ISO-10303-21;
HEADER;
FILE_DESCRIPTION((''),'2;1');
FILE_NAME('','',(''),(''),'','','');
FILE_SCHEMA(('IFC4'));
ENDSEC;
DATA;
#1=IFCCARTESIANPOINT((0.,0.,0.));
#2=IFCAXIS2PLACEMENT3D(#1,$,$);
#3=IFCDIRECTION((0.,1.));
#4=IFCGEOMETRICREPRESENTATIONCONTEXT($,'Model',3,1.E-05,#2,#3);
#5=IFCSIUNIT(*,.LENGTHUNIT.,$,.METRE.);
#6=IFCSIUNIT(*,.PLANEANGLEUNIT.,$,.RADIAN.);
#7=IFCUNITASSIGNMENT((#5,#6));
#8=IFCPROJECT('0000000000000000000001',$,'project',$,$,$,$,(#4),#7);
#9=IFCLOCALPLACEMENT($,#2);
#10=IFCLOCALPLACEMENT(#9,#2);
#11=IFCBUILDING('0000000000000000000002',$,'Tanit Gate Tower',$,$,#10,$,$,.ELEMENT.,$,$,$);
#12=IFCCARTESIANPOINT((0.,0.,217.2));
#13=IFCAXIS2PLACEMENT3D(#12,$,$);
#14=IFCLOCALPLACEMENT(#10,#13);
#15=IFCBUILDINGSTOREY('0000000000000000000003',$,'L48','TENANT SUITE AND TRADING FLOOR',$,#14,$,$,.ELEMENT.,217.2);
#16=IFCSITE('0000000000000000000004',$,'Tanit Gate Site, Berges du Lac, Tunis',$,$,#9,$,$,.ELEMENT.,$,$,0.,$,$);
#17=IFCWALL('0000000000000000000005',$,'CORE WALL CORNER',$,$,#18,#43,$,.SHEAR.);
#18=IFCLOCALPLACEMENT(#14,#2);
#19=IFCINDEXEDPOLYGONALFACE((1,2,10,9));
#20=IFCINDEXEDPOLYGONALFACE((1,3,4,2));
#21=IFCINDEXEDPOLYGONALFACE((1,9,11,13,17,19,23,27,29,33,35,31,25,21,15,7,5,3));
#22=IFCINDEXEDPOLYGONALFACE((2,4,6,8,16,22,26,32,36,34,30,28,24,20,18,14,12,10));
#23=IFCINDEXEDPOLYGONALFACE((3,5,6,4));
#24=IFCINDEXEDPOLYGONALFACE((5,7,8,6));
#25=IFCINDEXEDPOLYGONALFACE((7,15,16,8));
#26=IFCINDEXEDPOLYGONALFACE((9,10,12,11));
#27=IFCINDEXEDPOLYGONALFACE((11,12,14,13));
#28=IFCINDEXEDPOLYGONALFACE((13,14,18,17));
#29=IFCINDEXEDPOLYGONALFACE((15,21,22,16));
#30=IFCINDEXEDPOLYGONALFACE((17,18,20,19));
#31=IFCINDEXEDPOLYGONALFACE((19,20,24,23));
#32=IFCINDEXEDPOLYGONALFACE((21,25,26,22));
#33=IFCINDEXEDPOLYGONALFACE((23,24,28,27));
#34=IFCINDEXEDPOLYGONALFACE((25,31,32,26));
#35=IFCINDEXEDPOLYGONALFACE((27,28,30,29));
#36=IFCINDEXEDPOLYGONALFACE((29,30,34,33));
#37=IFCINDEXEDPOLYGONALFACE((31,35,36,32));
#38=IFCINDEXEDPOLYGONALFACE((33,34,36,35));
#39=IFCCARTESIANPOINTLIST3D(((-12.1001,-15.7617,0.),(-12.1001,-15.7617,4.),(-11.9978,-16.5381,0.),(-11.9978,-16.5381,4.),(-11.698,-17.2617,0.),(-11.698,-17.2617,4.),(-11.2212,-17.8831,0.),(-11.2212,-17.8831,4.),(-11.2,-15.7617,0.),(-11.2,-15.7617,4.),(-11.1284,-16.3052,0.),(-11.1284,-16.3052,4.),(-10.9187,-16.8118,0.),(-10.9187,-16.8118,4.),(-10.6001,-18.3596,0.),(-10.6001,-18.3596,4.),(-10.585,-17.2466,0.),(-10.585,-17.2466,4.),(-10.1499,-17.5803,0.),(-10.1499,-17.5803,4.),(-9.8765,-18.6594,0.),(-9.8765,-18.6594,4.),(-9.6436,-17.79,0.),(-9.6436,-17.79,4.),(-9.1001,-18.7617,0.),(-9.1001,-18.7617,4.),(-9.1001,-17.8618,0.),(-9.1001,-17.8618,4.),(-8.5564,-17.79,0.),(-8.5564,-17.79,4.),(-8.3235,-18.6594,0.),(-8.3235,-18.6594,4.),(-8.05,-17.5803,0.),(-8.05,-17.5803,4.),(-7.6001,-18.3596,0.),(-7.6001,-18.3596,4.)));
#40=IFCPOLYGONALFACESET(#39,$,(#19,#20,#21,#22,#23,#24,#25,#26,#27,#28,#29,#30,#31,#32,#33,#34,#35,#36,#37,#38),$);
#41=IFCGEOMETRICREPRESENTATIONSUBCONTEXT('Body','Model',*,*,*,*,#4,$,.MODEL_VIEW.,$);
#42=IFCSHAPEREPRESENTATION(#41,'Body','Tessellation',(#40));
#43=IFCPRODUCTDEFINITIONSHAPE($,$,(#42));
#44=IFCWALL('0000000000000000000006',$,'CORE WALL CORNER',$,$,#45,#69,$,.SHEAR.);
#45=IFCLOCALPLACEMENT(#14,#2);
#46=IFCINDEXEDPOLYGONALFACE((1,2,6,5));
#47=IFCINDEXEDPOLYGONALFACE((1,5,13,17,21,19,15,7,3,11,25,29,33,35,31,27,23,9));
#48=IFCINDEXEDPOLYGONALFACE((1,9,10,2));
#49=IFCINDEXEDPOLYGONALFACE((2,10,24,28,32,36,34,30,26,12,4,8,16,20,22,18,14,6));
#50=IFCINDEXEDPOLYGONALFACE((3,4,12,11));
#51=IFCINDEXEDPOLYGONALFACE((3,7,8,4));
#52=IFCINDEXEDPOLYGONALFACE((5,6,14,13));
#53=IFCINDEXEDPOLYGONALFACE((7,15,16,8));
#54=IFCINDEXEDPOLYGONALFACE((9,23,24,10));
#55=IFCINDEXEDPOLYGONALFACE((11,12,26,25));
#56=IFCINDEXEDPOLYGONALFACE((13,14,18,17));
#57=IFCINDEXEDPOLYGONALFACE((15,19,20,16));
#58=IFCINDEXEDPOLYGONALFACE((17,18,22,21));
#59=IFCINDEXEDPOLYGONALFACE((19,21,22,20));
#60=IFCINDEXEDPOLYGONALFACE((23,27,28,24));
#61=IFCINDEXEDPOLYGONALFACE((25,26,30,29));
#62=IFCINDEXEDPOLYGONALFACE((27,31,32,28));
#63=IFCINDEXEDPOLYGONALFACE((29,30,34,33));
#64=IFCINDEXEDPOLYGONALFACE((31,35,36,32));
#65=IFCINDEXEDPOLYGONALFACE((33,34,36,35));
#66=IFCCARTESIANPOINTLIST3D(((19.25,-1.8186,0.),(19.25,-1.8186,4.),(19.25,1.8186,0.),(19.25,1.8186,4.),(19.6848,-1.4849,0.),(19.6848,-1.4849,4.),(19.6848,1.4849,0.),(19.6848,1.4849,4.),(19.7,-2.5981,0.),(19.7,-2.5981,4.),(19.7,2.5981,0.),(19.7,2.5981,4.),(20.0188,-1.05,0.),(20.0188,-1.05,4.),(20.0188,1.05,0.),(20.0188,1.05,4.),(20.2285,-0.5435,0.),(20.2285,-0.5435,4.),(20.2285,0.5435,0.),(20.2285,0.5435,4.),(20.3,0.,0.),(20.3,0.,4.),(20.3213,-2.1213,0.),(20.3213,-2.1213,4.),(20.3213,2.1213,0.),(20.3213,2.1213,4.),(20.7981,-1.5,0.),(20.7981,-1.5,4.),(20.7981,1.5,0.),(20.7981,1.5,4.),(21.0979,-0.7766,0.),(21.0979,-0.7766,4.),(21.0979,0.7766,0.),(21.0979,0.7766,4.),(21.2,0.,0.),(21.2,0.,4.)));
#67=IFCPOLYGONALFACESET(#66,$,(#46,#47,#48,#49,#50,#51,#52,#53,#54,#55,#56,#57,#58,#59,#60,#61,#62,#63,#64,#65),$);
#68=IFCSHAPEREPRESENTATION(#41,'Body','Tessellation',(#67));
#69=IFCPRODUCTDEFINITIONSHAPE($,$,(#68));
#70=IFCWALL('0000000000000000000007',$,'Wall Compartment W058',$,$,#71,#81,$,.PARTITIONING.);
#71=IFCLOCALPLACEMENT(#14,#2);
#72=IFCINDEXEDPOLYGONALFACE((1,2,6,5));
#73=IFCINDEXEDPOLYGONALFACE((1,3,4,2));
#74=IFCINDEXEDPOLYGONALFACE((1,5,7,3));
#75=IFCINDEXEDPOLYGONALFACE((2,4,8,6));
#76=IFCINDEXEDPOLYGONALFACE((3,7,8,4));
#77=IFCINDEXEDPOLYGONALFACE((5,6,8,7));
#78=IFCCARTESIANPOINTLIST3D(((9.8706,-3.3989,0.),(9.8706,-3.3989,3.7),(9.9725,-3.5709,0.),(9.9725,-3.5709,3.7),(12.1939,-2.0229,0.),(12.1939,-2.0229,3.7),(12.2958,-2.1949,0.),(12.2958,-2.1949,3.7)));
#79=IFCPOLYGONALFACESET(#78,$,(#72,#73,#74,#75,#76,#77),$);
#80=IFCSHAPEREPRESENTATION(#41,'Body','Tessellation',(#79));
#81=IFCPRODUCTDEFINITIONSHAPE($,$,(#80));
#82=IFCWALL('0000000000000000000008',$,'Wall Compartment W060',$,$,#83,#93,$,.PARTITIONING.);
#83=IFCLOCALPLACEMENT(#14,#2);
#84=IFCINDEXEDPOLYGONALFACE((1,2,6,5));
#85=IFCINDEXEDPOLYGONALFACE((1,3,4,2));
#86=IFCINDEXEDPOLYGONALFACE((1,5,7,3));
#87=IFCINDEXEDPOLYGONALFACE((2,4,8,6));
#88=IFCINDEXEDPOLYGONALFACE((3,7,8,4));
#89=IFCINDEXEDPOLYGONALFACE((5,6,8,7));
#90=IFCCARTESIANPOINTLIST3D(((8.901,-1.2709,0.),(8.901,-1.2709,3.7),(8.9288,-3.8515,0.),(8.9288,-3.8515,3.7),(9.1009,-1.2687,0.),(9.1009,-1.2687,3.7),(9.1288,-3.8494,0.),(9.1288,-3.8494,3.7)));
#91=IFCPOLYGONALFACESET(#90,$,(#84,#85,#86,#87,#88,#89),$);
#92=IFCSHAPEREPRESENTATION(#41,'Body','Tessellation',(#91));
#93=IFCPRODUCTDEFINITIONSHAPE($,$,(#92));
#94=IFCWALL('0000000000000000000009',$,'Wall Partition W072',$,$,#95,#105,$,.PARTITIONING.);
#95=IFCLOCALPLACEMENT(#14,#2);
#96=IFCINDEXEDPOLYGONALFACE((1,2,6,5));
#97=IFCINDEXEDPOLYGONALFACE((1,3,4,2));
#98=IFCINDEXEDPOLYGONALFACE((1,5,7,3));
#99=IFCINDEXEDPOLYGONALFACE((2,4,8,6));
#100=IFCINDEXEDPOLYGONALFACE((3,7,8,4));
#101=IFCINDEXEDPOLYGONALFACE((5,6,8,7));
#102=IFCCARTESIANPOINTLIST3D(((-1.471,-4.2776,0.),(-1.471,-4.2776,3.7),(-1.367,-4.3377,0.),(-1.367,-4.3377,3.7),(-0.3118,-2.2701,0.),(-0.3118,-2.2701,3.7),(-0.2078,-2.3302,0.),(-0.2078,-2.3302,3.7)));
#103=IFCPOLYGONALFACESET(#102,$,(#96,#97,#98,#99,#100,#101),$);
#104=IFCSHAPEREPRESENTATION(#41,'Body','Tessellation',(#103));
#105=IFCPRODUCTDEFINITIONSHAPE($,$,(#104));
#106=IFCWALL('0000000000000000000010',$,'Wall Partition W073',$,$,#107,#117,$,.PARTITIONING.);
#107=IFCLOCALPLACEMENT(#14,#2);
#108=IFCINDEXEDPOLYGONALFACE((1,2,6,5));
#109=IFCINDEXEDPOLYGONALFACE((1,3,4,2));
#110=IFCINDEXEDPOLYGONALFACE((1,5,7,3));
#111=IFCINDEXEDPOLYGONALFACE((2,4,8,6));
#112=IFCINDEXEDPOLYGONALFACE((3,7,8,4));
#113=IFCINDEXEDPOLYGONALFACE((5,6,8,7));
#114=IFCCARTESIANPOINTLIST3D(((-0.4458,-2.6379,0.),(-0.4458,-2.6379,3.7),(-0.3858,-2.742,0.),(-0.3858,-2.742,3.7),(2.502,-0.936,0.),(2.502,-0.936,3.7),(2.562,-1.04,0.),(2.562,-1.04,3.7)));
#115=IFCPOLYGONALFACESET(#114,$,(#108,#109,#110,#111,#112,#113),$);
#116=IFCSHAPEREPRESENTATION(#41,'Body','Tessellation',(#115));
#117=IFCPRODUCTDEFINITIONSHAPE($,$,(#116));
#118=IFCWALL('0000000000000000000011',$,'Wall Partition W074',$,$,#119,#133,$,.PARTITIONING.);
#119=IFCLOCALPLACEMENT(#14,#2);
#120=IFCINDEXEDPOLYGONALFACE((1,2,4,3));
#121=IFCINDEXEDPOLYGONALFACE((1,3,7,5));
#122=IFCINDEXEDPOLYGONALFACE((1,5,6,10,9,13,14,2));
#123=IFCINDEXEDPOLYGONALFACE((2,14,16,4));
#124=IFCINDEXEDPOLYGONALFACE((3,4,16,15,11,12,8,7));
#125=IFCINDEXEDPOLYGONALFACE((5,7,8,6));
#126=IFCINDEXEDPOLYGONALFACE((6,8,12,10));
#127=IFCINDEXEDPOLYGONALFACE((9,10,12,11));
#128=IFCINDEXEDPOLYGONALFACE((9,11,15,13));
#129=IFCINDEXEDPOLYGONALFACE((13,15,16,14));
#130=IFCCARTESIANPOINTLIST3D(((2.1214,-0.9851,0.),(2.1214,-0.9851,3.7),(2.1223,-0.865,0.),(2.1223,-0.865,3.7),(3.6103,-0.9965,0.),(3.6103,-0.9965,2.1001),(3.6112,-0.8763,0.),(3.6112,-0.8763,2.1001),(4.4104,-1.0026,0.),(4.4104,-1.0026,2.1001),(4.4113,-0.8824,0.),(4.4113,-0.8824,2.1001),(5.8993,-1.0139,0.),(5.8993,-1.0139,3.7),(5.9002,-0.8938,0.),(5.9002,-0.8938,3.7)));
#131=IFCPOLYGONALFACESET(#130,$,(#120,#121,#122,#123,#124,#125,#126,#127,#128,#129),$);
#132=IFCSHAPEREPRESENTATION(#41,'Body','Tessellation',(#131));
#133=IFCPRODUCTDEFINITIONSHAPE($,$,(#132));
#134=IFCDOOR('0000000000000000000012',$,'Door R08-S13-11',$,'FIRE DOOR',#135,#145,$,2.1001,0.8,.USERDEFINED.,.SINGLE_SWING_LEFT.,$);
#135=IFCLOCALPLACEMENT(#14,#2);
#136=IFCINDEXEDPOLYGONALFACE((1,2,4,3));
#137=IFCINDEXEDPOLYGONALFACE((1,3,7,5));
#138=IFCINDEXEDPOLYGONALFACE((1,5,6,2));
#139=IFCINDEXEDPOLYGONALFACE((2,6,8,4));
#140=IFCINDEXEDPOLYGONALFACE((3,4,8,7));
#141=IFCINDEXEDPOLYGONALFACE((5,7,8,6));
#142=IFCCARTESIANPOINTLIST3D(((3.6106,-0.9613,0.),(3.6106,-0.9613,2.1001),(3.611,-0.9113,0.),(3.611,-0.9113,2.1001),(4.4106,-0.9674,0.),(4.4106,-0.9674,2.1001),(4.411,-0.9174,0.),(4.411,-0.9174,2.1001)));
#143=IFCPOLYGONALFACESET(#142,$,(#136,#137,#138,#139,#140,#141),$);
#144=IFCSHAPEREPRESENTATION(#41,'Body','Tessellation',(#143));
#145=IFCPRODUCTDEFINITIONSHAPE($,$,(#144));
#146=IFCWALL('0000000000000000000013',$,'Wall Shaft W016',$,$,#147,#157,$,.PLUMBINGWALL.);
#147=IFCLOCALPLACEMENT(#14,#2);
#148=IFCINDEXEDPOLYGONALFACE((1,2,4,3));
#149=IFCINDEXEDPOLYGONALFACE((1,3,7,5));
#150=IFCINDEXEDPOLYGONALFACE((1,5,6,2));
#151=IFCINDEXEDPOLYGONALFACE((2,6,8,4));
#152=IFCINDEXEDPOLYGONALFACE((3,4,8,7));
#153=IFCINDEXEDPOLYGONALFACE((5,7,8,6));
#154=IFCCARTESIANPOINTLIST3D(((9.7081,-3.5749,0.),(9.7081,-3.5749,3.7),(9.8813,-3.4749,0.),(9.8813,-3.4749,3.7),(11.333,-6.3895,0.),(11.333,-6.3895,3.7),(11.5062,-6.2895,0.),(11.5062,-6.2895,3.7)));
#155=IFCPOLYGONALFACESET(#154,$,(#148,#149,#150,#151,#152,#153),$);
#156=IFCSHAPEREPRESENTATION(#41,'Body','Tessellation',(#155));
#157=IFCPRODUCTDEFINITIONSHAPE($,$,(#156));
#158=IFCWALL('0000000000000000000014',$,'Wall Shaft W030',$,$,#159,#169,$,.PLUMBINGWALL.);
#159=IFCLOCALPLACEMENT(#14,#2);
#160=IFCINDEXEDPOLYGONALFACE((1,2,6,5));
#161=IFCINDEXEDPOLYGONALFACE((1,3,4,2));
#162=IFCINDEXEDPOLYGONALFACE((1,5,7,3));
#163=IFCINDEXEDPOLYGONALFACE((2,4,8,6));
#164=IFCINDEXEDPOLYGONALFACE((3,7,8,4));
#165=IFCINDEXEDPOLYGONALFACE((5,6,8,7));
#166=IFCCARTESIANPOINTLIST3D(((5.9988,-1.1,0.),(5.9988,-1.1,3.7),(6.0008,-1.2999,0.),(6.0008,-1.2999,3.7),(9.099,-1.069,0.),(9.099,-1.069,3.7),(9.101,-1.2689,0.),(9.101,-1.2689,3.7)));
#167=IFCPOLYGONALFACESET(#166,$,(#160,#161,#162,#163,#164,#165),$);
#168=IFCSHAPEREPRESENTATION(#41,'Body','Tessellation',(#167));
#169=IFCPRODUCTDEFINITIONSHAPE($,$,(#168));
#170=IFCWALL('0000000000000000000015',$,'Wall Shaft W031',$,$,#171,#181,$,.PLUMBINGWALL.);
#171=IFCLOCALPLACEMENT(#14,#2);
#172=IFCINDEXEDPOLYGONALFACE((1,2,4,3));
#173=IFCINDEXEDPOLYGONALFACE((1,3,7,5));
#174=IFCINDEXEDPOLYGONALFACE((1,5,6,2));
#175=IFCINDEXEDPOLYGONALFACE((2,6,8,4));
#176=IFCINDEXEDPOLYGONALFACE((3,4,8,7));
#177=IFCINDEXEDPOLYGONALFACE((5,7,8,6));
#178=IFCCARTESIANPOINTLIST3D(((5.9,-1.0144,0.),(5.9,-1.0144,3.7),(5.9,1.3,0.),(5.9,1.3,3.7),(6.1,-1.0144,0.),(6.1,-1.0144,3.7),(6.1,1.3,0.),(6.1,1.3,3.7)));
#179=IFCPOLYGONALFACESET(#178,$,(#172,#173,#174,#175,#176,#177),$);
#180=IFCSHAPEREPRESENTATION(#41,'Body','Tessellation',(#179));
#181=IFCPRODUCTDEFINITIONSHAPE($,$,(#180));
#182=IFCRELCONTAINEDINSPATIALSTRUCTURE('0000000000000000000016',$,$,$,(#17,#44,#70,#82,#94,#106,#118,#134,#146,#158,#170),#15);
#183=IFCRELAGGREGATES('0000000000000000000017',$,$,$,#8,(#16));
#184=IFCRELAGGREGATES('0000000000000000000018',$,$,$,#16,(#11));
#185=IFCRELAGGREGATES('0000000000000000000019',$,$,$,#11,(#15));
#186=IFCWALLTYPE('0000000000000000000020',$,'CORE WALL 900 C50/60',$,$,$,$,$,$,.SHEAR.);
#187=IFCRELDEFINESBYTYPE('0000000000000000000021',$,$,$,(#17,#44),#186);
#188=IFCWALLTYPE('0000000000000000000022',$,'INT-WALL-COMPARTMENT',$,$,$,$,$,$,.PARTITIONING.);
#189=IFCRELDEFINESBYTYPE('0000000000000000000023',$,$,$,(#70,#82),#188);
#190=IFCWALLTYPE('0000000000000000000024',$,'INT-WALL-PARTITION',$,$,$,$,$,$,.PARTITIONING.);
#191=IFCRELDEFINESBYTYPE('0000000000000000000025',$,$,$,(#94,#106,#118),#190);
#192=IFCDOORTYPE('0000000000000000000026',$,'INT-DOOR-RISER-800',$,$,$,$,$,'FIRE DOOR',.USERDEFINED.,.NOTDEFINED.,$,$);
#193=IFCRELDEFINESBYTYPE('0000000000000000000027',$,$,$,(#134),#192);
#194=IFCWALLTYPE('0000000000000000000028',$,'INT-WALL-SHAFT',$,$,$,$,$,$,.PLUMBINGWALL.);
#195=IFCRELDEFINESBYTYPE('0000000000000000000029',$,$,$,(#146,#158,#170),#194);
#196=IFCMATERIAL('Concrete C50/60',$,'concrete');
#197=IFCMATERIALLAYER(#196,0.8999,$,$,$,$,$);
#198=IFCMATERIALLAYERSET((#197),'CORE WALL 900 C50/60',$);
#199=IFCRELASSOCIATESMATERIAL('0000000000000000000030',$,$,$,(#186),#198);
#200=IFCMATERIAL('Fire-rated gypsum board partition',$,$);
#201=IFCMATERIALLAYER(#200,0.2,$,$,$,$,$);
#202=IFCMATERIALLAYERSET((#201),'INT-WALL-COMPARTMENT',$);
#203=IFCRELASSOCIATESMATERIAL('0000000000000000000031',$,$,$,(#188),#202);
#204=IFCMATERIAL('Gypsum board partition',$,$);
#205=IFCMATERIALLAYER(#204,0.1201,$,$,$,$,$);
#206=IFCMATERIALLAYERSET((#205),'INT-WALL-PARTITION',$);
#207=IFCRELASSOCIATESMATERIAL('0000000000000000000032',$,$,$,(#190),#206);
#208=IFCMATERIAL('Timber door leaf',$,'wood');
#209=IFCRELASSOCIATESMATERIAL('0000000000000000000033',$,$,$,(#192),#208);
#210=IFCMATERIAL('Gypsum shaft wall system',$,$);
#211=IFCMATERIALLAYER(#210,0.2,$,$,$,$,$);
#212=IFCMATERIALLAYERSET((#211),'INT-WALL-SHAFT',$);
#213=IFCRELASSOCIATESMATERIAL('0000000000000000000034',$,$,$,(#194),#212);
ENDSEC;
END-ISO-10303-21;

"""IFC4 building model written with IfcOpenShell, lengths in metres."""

from ifc_helpers import new_model, si_unit, direction, frame, frame_2d, origin, place, context, subcontext, project, spatial, polyline, rectangle, outline, extrude, material, layer, layer_set, type_object, element, fill, save


model = new_model("IFC4")

# Units and contexts
model_context = context("Model", 3, precision=1e-05, world=origin(), true_north=direction((0.0, 1.0)))
body_context = subcontext(model_context, "Body", "Model", "MODEL_VIEW")
ifc_project = project(units=[si_unit("LENGTHUNIT", "METRE"), si_unit("PLANEANGLEUNIT", "RADIAN")], contexts=[model_context])

# Site, building, storey
site_placement = place(None, origin())
site = spatial("IfcSite", under=ifc_project, at=site_placement, Name="Tanit Gate Site, Berges du Lac, Tunis", CompositionType="ELEMENT", RefElevation=0.0)
building_placement = place(site_placement, origin())
building = spatial("IfcBuilding", under=site, at=building_placement, Name="Tanit Gate Tower", CompositionType="ELEMENT")
storey_placement = place(building_placement, frame((0.0, 0.0, 217.2)))
storey = spatial("IfcBuildingStorey", under=building, at=storey_placement, Name="L48", Description="TENANT SUITE AND TRADING FLOOR", CompositionType="ELEMENT", Elevation=217.2)

# Walls
ifc_material_1 = material(Name="Concrete C50/60", Category="concrete")
ifc_layer_1 = layer(ifc_material_1, 0.8999)
ifc_layer_set_1 = layer_set([ifc_layer_1], Name="CORE WALL 900 C50/60")
wall_type_1 = type_object("IfcWallType", Name="CORE WALL 900 C50/60", PredefinedType="SHEAR", material=ifc_layer_set_1)
wall_1_placement = place(storey_placement, origin())
element("IfcWall", 1, at=wall_1_placement, inside=storey, type_object=wall_type_1, Name="CORE WALL CORNER", PredefinedType="SHEAR", context=body_context, shape_type="SweptSolid", body=[
    extrude(outline(polyline([(-12.1001, -15.7617), (-11.9978, -16.5381), (-11.698, -17.2617), (-11.2212, -17.8831), (-10.6001, -18.3596), (-9.8765, -18.6594), (-9.1001, -18.7617), (-8.3235, -18.6594), (-7.6001, -18.3596), (-8.05, -17.5803), (-8.5564, -17.79), (-9.1001, -17.8618), (-9.6436, -17.79), (-10.1499, -17.5803), (-10.585, -17.2466), (-10.9187, -16.8118), (-11.1284, -16.3052), (-11.2, -15.7617), (-12.1001, -15.7617)])), origin(), (0.0, 0.0, 1.0), 4.0),
])
wall_2_placement = place(storey_placement, origin())
element("IfcWall", 2, at=wall_2_placement, inside=storey, type_object=wall_type_1, Name="CORE WALL CORNER", PredefinedType="SHEAR", context=body_context, shape_type="SweptSolid", body=[
    extrude(outline(polyline([(19.7, -2.5981), (20.3213, -2.1213), (20.7981, -1.5), (21.0979, -0.7766), (21.2, 0.0), (21.0979, 0.7766), (20.7981, 1.5), (20.3213, 2.1213), (19.7, 2.5981), (19.25, 1.8186), (19.6848, 1.4849), (20.0188, 1.05), (20.2285, 0.5435), (20.3, 0.0), (20.2285, -0.5435), (20.0188, -1.05), (19.6848, -1.4849), (19.25, -1.8186), (19.7, -2.5981)])), origin(), (0.0, 0.0, 1.0), 4.0),
])
ifc_material_2 = material(Name="Fire-rated gypsum board partition")
ifc_layer_2 = layer(ifc_material_2, 0.2)
ifc_layer_set_2 = layer_set([ifc_layer_2], Name="INT-WALL-COMPARTMENT")
wall_type_2 = type_object("IfcWallType", Name="INT-WALL-COMPARTMENT", PredefinedType="PARTITIONING", material=ifc_layer_set_2)
wall_3_placement = place(storey_placement, frame((12.2449, -2.1089, 0.0), z_axis=(0.0, 0.0, 1.0), x_axis=(-0.860415, -0.509594, 0.0)))
element("IfcWall", 3, at=wall_3_placement, inside=storey, type_object=wall_type_2, Name="Wall Compartment W058", PredefinedType="PARTITIONING", context=body_context, shape_type="SweptSolid", body=[
    extrude(rectangle(XDim=2.7002, YDim=0.2, at=frame_2d((1.3501, 0.0))), origin(), (0.0, 0.0, 1.0), 3.7),
])
wall_4_placement = place(storey_placement, frame((9.0288, -3.8506, 0.0), z_axis=(0.0, 0.0, 1.0), x_axis=(-0.010785, 0.999942, 0.0)))
element("IfcWall", 4, at=wall_4_placement, inside=storey, type_object=wall_type_2, Name="Wall Compartment W060", PredefinedType="PARTITIONING", context=body_context, shape_type="SweptSolid", body=[
    extrude(rectangle(XDim=2.5808, YDim=0.2, at=frame_2d((1.2905, 0.0))), origin(), (0.0, 0.0, 1.0), 3.7),
])
ifc_material_3 = material(Name="Gypsum board partition")
ifc_layer_3 = layer(ifc_material_3, 0.1201)
ifc_layer_set_3 = layer_set([ifc_layer_3], Name="INT-WALL-PARTITION")
wall_type_3 = type_object("IfcWallType", Name="INT-WALL-PARTITION", PredefinedType="PARTITIONING", material=ifc_layer_set_3)
wall_5_placement = place(storey_placement, frame((-0.2598, -2.3, 0.0), z_axis=(0.0, 0.0, 1.0), x_axis=(-0.500035, -0.866005, 0.0)))
element("IfcWall", 5, at=wall_5_placement, inside=storey, type_object=wall_type_3, Name="Wall Partition W072", PredefinedType="PARTITIONING", context=body_context, shape_type="SweptSolid", body=[
    extrude(rectangle(XDim=2.3181, YDim=0.1201, at=frame_2d((1.1592, 0.0))), origin(), (0.0, 0.0, 1.0), 3.7),
])
wall_6_placement = place(storey_placement, frame((2.532, -0.988, 0.0), z_axis=(0.0, 0.0, 1.0), x_axis=(-0.866023, -0.500004, 0.0)))
element("IfcWall", 6, at=wall_6_placement, inside=storey, type_object=wall_type_3, Name="Wall Partition W073", PredefinedType="PARTITIONING", context=body_context, shape_type="SweptSolid", body=[
    extrude(rectangle(XDim=3.4038, YDim=0.1201, at=frame_2d((1.7019, 0.0))), origin(), (0.0, 0.0, 1.0), 3.7),
])

# Wall, opening, door
wall_7_placement = place(storey_placement, frame((5.8999, -0.9539, 0.0), z_axis=(0.0, 0.0, 1.0), x_axis=(-0.999971, 0.007625, 0.0)))
wall_7 = element("IfcWall", 7, at=wall_7_placement, inside=storey, type_object=wall_type_3, Name="Wall Partition W074", PredefinedType="PARTITIONING", context=body_context, shape_type="SweptSolid", body=[
    extrude(rectangle(XDim=3.7781, YDim=0.1201, at=frame_2d((1.8892, 0.0))), origin(), (0.0, 0.0, 1.0), 3.7),
])
opening_1_placement = place(wall_7_placement, frame((1.4893, 0.0, 0.0)))
opening_1 = element("IfcOpeningElement", 8, at=opening_1_placement, cuts=wall_7, PredefinedType="OPENING", context=body_context, shape_type="SweptSolid", body=[
    extrude(rectangle(XDim=0.8, YDim=2.1001, at=frame_2d((0.3999, 1.05))), frame((0.0, 0.0701, 0.0), z_axis=(0.0, -1.0, 0.0), x_axis=(1.0, 0.0, 0.0)), (0.0, 0.0, 1.0), 0.1401),
])
ifc_material_4 = material(Name="Timber door leaf", Category="wood")
door_type_1 = type_object("IfcDoorType", Name="INT-DOOR-RISER-800", ElementType="FIRE DOOR", OperationType="NOTDEFINED", PredefinedType="USERDEFINED", material=ifc_material_4)
door_1_placement = place(opening_1_placement, origin())
door_1 = element("IfcDoor", 9, at=door_1_placement, inside=storey, type_object=door_type_1, Name="Door R08-S13-11", ObjectType="FIRE DOOR", OperationType="SINGLE_SWING_LEFT", OverallHeight=2.1001, OverallWidth=0.8, PredefinedType="USERDEFINED", context=body_context, shape_type="SweptSolid", body=[
    extrude(rectangle(XDim=0.8, YDim=2.1001, at=frame_2d((0.3999, 1.05))), frame((0.0, 0.0249, 0.0), z_axis=(0.0, -1.0, 0.0), x_axis=(1.0, 0.0, 0.0)), (0.0, 0.0, 1.0), 0.05),
])
fill(opening_1, door_1)

# Walls
ifc_material_5 = material(Name="Gypsum shaft wall system")
ifc_layer_4 = layer(ifc_material_5, 0.2)
ifc_layer_set_4 = layer_set([ifc_layer_4], Name="INT-WALL-SHAFT")
wall_type_4 = type_object("IfcWallType", Name="INT-WALL-SHAFT", PredefinedType="PLUMBINGWALL", material=ifc_layer_set_4)
wall_8_placement = place(storey_placement, frame((9.7947, -3.5249, 0.0), z_axis=(0.0, 0.0, 1.0), x_axis=(0.499985, -0.866034, 0.0)))
element("IfcWall", 10, at=wall_8_placement, inside=storey, type_object=wall_type_4, Name="Wall Shaft W016", PredefinedType="PLUMBINGWALL", context=body_context, shape_type="SweptSolid", body=[
    extrude(rectangle(XDim=3.25, YDim=0.2, at=frame_2d((1.625, 0.0))), origin(), (0.0, 0.0, 1.0), 3.7),
])
wall_9_placement = place(storey_placement, frame((9.1001, -1.1689, 0.0), z_axis=(0.0, 0.0, 1.0), x_axis=(-0.99995, -0.010001, 0.0)))
element("IfcWall", 11, at=wall_9_placement, inside=storey, type_object=wall_type_4, Name="Wall Shaft W030", PredefinedType="PLUMBINGWALL", context=body_context, shape_type="SweptSolid", body=[
    extrude(rectangle(XDim=3.1003, YDim=0.2, at=frame_2d((1.5503, 0.0))), origin(), (0.0, 0.0, 1.0), 3.7),
])
wall_10_placement = place(storey_placement, frame((6.0, -1.0144, 0.0), z_axis=(0.0, 0.0, 1.0), x_axis=(0.0, 1.0, 0.0)))
element("IfcWall", 12, at=wall_10_placement, inside=storey, type_object=wall_type_4, Name="Wall Shaft W031", PredefinedType="PLUMBINGWALL", context=body_context, shape_type="SweptSolid", body=[
    extrude(rectangle(XDim=2.3145, YDim=0.2, at=frame_2d((1.1572, 0.0))), origin(), (0.0, 0.0, 1.0), 3.7),
])

save(model, "model.ifc")
